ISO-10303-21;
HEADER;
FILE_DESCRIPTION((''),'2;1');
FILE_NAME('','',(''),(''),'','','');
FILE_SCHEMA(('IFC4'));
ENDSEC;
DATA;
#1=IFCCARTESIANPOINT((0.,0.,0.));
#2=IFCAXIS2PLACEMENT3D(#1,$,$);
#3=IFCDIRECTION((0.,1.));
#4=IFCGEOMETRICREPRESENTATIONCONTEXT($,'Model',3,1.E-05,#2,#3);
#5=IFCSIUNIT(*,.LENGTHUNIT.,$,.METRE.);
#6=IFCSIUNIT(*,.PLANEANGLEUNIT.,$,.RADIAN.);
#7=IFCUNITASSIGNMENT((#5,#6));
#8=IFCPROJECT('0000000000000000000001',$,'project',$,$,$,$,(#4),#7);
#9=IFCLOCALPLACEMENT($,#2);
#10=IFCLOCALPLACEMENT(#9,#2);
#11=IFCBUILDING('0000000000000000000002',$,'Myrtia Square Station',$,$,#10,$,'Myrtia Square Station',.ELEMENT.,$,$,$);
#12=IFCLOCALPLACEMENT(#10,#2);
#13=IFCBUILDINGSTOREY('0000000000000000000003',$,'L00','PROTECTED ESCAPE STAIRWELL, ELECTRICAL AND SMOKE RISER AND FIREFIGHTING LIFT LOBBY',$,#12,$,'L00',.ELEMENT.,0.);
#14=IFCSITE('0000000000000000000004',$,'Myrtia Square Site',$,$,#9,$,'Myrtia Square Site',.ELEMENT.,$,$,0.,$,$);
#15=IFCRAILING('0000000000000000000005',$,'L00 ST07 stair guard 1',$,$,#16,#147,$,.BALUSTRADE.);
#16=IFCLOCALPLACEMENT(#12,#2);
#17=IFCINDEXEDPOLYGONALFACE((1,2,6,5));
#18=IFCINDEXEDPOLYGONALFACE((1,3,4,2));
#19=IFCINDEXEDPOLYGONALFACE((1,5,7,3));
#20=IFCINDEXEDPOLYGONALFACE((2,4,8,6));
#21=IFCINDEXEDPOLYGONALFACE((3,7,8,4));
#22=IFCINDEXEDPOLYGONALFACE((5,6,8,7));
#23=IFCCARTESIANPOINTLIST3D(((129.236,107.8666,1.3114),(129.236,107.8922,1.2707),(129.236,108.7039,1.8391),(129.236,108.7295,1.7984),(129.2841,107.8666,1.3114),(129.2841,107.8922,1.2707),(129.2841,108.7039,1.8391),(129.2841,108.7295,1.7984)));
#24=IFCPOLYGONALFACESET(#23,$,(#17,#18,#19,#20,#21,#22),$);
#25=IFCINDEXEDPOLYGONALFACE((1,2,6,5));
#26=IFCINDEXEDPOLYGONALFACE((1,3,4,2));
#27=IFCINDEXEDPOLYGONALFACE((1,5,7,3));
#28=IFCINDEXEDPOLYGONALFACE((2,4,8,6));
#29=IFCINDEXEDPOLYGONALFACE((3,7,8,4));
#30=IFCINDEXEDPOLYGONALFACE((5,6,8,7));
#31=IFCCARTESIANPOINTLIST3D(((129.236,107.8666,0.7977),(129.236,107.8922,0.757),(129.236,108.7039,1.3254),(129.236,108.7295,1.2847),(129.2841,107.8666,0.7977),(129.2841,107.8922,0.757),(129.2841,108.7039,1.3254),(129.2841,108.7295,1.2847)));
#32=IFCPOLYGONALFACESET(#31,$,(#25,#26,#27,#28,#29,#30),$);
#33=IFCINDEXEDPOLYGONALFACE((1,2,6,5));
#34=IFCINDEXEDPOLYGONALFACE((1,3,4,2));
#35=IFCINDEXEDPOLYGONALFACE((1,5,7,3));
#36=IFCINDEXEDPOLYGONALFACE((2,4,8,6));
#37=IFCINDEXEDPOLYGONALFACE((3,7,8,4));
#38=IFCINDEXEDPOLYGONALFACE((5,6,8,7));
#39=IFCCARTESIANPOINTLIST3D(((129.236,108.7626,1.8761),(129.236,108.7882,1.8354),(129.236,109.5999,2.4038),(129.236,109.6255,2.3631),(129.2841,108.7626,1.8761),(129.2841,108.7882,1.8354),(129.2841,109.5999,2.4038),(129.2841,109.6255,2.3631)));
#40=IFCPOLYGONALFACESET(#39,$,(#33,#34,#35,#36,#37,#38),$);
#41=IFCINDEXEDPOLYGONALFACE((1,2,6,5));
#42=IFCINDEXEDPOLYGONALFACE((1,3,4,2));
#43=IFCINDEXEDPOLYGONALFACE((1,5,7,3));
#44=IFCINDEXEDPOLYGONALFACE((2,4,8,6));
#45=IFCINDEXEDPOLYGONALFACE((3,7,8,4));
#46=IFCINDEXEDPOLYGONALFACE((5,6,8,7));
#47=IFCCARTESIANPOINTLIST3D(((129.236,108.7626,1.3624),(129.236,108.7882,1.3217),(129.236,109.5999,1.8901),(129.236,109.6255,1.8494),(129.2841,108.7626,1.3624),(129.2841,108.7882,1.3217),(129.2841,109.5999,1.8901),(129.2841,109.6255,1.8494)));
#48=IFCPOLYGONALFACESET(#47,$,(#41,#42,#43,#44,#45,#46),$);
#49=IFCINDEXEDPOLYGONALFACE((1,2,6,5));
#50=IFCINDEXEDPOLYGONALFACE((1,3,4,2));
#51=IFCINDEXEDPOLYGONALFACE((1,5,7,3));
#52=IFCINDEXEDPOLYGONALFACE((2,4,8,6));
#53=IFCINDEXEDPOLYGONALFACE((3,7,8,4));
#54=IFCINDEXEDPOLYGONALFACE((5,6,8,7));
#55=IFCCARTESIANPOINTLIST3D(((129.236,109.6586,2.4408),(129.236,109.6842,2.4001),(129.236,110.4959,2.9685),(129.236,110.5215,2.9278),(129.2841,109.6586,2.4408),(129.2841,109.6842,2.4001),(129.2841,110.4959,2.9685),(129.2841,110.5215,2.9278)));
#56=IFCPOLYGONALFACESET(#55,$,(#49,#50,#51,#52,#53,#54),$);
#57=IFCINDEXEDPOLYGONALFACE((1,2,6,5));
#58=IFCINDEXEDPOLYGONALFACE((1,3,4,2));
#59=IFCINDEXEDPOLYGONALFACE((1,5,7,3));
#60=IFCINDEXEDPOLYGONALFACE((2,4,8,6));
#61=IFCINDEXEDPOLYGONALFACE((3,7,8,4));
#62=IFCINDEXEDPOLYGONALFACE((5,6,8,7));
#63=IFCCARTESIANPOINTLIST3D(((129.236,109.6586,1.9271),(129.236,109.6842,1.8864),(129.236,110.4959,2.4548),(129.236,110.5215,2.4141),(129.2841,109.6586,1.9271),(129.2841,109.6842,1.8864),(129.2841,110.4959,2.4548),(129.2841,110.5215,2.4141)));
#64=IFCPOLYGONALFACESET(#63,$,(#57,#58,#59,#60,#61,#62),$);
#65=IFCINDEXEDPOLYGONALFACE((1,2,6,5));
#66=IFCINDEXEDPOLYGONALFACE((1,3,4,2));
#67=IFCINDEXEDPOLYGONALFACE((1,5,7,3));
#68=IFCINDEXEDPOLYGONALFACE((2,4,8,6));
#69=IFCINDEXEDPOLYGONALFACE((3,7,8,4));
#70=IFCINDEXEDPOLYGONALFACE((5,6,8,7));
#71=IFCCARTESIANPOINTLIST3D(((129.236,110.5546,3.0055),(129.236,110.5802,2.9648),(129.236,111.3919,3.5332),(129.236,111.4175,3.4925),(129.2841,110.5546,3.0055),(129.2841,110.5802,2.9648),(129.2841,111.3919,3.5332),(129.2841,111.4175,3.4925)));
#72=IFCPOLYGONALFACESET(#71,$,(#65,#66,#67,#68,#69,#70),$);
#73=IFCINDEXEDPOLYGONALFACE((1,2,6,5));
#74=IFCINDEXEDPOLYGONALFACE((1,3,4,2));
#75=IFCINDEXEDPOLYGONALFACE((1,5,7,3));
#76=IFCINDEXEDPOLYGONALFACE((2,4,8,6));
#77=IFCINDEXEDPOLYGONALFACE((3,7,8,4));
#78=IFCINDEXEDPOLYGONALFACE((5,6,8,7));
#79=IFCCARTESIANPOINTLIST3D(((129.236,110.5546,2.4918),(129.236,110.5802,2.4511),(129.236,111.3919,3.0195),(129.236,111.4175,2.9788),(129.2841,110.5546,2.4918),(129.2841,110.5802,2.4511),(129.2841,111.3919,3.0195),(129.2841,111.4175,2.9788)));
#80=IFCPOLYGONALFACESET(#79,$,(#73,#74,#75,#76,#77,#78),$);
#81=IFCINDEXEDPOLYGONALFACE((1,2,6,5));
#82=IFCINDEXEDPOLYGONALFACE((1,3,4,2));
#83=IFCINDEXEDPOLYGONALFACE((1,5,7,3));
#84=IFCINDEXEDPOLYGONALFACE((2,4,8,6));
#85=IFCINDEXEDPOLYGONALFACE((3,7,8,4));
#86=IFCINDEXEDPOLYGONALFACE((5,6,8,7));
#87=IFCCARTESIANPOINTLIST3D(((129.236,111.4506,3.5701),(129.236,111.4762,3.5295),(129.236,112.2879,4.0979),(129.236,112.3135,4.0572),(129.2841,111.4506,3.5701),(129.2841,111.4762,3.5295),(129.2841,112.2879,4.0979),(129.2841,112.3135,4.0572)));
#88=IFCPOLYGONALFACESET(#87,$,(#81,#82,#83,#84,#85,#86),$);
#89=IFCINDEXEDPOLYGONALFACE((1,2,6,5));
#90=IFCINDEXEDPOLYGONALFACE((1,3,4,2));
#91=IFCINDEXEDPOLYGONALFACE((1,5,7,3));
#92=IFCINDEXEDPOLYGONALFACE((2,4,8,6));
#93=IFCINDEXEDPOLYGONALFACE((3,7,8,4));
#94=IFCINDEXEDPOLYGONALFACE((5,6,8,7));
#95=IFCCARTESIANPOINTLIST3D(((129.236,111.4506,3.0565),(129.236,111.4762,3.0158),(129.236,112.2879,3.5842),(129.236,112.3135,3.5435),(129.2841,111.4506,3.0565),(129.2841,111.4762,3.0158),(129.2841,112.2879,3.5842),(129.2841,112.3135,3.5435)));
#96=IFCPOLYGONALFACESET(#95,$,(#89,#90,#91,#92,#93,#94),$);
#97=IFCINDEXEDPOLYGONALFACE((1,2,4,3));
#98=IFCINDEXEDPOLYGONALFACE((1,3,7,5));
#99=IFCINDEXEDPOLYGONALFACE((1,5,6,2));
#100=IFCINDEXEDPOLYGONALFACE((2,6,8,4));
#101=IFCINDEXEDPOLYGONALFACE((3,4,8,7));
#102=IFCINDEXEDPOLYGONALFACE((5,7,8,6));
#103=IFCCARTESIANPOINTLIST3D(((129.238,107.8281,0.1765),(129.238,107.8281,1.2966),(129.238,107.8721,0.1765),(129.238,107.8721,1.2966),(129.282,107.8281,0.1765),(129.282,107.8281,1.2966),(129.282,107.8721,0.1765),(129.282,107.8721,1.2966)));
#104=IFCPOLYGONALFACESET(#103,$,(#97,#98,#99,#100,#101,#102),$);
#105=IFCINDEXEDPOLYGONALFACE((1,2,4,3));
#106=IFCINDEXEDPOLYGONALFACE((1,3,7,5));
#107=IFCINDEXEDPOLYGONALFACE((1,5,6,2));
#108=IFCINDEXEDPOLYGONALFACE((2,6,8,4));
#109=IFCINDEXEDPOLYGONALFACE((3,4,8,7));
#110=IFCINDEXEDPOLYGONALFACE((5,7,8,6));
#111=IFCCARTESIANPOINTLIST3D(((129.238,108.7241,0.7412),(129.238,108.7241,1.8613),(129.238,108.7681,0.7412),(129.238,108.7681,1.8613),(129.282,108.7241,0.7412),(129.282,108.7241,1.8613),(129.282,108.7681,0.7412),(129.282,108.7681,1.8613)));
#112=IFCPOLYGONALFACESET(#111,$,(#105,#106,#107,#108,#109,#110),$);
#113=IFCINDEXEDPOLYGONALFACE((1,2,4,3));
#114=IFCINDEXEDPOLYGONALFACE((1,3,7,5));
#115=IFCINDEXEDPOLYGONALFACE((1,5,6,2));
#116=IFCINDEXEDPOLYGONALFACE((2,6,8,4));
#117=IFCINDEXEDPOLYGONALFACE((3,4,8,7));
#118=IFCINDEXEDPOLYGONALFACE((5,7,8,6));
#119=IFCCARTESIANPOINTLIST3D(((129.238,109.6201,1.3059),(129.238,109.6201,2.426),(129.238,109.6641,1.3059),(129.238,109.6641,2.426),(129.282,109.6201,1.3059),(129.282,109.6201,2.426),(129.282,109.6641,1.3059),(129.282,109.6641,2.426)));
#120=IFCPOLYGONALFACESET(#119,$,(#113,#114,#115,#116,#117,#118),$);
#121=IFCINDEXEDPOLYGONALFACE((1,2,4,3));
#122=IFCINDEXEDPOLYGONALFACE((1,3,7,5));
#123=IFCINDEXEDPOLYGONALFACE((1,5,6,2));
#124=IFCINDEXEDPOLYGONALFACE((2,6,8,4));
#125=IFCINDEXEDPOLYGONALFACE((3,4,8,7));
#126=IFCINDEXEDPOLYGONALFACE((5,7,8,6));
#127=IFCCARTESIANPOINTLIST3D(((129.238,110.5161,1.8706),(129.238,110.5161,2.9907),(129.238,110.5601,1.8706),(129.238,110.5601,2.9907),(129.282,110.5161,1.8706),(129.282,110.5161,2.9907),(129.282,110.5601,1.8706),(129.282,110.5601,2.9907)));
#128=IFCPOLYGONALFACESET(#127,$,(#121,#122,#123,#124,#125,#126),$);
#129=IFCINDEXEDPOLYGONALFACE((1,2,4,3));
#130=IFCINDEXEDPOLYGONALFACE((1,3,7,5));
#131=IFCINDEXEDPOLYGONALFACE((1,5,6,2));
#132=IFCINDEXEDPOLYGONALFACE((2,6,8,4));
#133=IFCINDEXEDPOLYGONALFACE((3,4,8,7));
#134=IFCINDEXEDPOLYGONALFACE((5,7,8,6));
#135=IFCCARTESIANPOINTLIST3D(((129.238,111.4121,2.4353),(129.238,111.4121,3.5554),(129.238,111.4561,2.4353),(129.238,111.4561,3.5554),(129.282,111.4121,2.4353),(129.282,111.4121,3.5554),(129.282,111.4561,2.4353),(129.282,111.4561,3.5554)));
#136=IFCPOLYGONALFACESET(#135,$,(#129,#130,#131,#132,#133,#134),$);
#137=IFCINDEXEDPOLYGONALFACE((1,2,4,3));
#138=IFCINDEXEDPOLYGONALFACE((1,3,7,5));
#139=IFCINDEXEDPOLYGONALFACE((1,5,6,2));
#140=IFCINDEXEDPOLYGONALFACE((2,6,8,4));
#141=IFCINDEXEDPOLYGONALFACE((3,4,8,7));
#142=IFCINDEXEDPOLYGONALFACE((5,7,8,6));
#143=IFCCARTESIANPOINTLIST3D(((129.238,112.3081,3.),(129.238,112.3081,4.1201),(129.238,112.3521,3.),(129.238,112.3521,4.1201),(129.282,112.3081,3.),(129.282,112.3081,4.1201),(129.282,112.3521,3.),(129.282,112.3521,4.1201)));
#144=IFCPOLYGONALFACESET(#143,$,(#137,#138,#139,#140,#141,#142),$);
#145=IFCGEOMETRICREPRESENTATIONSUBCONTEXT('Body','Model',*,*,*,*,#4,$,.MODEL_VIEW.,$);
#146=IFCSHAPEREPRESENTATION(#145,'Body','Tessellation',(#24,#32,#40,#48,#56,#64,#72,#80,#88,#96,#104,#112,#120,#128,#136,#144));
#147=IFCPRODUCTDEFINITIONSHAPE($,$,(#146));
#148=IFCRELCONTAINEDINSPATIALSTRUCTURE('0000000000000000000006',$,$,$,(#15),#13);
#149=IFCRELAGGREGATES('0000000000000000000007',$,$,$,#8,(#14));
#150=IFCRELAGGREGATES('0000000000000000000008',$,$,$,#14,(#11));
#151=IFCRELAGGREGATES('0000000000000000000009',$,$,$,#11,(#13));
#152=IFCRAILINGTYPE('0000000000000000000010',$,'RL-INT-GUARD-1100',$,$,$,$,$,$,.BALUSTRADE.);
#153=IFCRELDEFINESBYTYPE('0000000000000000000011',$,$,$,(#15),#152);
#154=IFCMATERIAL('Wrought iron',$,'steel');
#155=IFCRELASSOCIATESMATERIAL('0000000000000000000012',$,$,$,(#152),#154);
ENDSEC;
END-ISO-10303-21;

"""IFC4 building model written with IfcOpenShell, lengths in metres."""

from ifc_helpers import new_model, si_unit, direction, frame, origin, origin_2d, place, context, subcontext, project, spatial, rectangle, extrude, material, type_object, element, save


model = new_model("IFC4")

# Units and contexts
model_context = context("Model", 3, precision=1e-05, world=origin(), true_north=direction((0.0, 1.0)))
body_context = subcontext(model_context, "Body", "Model", "MODEL_VIEW")
ifc_project = project(units=[si_unit("LENGTHUNIT", "METRE"), si_unit("PLANEANGLEUNIT", "RADIAN")], contexts=[model_context])

# Site, building, storey
site_placement = place(None, origin())
site = spatial("IfcSite", under=ifc_project, at=site_placement, Name="Myrtia Square Site", LongName="Myrtia Square Site", CompositionType="ELEMENT", RefElevation=0.0)
building_placement = place(site_placement, origin())
building = spatial("IfcBuilding", under=site, at=building_placement, Name="Myrtia Square Station", LongName="Myrtia Square Station", CompositionType="ELEMENT")
storey_placement = place(building_placement, origin())
storey = spatial("IfcBuildingStorey", under=building, at=storey_placement, Name="L00", Description="PROTECTED ESCAPE STAIRWELL, ELECTRICAL AND SMOKE RISER AND FIREFIGHTING LIFT LOBBY", LongName="L00", CompositionType="ELEMENT", Elevation=0.0)

# Railing
ifc_material_1 = material(Name="Wrought iron", Category="steel")
railing_type_1 = type_object("IfcRailingType", Name="RL-INT-GUARD-1100", PredefinedType="BALUSTRADE", material=ifc_material_1)
railing_1_placement = place(storey_placement, frame((129.26, 107.8501, 0.1765)))
element("IfcRailing", 1, at=railing_1_placement, inside=storey, type_object=railing_type_1, Name="L00 ST07 stair guard 1", PredefinedType="BALUSTRADE", context=body_context, shape_type="SweptSolid", body=[
    extrude(rectangle(XDim=0.0481, YDim=0.0481, at=origin_2d()), frame((0.0, 0.0293, 1.1145), z_axis=(0.0, 0.845998, 0.533186), x_axis=(-1.0, 0.0, 0.0)), (0.0, 0.0, 1.0), 0.9897),
    extrude(rectangle(XDim=0.0481, YDim=0.0481, at=origin_2d()), frame((0.0, 0.0293, 0.6008), z_axis=(0.0, 0.845998, 0.533186), x_axis=(-1.0, 0.0, 0.0)), (0.0, 0.0, 1.0), 0.9897),
    extrude(rectangle(XDim=0.0481, YDim=0.0481, at=origin_2d()), frame((0.0, 0.9253, 1.6792), z_axis=(0.0, 0.845998, 0.533186), x_axis=(-1.0, 0.0, 0.0)), (0.0, 0.0, 1.0), 0.9897),
    extrude(rectangle(XDim=0.0481, YDim=0.0481, at=origin_2d()), frame((0.0, 0.9253, 1.1655), z_axis=(0.0, 0.845998, 0.533186), x_axis=(-1.0, 0.0, 0.0)), (0.0, 0.0, 1.0), 0.9897),
    extrude(rectangle(XDim=0.0481, YDim=0.0481, at=origin_2d()), frame((0.0, 1.8213, 2.2439), z_axis=(0.0, 0.845998, 0.533186), x_axis=(-1.0, 0.0, 0.0)), (0.0, 0.0, 1.0), 0.9897),
    extrude(rectangle(XDim=0.0481, YDim=0.0481, at=origin_2d()), frame((0.0, 1.8213, 1.7302), z_axis=(0.0, 0.845998, 0.533186), x_axis=(-1.0, 0.0, 0.0)), (0.0, 0.0, 1.0), 0.9897),
    extrude(rectangle(XDim=0.0481, YDim=0.0481, at=origin_2d()), frame((0.0, 2.7173, 2.8086), z_axis=(0.0, 0.845998, 0.533186), x_axis=(-1.0, 0.0, 0.0)), (0.0, 0.0, 1.0), 0.9897),
    extrude(rectangle(XDim=0.0481, YDim=0.0481, at=origin_2d()), frame((0.0, 2.7173, 2.2949), z_axis=(0.0, 0.845998, 0.533186), x_axis=(-1.0, 0.0, 0.0)), (0.0, 0.0, 1.0), 0.9897),
    extrude(rectangle(XDim=0.0481, YDim=0.0481, at=origin_2d()), frame((0.0, 3.6133, 3.3733), z_axis=(0.0, 0.845998, 0.533186), x_axis=(-1.0, 0.0, 0.0)), (0.0, 0.0, 1.0), 0.9897),
    extrude(rectangle(XDim=0.0481, YDim=0.0481, at=origin_2d()), frame((0.0, 3.6133, 2.8596), z_axis=(0.0, 0.845998, 0.533186), x_axis=(-1.0, 0.0, 0.0)), (0.0, 0.0, 1.0), 0.9897),
    extrude(rectangle(XDim=0.0439, YDim=0.0439, at=origin_2d()), origin(), (0.0, 0.0, 1.0), 1.1201),
    extrude(rectangle(XDim=0.0439, YDim=0.0439, at=origin_2d()), frame((0.0, 0.896, 0.5647)), (0.0, 0.0, 1.0), 1.1201),
    extrude(rectangle(XDim=0.0439, YDim=0.0439, at=origin_2d()), frame((0.0, 1.792, 1.1294)), (0.0, 0.0, 1.0), 1.1201),
    extrude(rectangle(XDim=0.0439, YDim=0.0439, at=origin_2d()), frame((0.0, 2.688, 1.6941)), (0.0, 0.0, 1.0), 1.1201),
    extrude(rectangle(XDim=0.0439, YDim=0.0439, at=origin_2d()), frame((0.0, 3.584, 2.2588)), (0.0, 0.0, 1.0), 1.1201),
    extrude(rectangle(XDim=0.0439, YDim=0.0439, at=origin_2d()), frame((0.0, 4.48, 2.8235)), (0.0, 0.0, 1.0), 1.1201),
])

save(model, "model.ifc")
